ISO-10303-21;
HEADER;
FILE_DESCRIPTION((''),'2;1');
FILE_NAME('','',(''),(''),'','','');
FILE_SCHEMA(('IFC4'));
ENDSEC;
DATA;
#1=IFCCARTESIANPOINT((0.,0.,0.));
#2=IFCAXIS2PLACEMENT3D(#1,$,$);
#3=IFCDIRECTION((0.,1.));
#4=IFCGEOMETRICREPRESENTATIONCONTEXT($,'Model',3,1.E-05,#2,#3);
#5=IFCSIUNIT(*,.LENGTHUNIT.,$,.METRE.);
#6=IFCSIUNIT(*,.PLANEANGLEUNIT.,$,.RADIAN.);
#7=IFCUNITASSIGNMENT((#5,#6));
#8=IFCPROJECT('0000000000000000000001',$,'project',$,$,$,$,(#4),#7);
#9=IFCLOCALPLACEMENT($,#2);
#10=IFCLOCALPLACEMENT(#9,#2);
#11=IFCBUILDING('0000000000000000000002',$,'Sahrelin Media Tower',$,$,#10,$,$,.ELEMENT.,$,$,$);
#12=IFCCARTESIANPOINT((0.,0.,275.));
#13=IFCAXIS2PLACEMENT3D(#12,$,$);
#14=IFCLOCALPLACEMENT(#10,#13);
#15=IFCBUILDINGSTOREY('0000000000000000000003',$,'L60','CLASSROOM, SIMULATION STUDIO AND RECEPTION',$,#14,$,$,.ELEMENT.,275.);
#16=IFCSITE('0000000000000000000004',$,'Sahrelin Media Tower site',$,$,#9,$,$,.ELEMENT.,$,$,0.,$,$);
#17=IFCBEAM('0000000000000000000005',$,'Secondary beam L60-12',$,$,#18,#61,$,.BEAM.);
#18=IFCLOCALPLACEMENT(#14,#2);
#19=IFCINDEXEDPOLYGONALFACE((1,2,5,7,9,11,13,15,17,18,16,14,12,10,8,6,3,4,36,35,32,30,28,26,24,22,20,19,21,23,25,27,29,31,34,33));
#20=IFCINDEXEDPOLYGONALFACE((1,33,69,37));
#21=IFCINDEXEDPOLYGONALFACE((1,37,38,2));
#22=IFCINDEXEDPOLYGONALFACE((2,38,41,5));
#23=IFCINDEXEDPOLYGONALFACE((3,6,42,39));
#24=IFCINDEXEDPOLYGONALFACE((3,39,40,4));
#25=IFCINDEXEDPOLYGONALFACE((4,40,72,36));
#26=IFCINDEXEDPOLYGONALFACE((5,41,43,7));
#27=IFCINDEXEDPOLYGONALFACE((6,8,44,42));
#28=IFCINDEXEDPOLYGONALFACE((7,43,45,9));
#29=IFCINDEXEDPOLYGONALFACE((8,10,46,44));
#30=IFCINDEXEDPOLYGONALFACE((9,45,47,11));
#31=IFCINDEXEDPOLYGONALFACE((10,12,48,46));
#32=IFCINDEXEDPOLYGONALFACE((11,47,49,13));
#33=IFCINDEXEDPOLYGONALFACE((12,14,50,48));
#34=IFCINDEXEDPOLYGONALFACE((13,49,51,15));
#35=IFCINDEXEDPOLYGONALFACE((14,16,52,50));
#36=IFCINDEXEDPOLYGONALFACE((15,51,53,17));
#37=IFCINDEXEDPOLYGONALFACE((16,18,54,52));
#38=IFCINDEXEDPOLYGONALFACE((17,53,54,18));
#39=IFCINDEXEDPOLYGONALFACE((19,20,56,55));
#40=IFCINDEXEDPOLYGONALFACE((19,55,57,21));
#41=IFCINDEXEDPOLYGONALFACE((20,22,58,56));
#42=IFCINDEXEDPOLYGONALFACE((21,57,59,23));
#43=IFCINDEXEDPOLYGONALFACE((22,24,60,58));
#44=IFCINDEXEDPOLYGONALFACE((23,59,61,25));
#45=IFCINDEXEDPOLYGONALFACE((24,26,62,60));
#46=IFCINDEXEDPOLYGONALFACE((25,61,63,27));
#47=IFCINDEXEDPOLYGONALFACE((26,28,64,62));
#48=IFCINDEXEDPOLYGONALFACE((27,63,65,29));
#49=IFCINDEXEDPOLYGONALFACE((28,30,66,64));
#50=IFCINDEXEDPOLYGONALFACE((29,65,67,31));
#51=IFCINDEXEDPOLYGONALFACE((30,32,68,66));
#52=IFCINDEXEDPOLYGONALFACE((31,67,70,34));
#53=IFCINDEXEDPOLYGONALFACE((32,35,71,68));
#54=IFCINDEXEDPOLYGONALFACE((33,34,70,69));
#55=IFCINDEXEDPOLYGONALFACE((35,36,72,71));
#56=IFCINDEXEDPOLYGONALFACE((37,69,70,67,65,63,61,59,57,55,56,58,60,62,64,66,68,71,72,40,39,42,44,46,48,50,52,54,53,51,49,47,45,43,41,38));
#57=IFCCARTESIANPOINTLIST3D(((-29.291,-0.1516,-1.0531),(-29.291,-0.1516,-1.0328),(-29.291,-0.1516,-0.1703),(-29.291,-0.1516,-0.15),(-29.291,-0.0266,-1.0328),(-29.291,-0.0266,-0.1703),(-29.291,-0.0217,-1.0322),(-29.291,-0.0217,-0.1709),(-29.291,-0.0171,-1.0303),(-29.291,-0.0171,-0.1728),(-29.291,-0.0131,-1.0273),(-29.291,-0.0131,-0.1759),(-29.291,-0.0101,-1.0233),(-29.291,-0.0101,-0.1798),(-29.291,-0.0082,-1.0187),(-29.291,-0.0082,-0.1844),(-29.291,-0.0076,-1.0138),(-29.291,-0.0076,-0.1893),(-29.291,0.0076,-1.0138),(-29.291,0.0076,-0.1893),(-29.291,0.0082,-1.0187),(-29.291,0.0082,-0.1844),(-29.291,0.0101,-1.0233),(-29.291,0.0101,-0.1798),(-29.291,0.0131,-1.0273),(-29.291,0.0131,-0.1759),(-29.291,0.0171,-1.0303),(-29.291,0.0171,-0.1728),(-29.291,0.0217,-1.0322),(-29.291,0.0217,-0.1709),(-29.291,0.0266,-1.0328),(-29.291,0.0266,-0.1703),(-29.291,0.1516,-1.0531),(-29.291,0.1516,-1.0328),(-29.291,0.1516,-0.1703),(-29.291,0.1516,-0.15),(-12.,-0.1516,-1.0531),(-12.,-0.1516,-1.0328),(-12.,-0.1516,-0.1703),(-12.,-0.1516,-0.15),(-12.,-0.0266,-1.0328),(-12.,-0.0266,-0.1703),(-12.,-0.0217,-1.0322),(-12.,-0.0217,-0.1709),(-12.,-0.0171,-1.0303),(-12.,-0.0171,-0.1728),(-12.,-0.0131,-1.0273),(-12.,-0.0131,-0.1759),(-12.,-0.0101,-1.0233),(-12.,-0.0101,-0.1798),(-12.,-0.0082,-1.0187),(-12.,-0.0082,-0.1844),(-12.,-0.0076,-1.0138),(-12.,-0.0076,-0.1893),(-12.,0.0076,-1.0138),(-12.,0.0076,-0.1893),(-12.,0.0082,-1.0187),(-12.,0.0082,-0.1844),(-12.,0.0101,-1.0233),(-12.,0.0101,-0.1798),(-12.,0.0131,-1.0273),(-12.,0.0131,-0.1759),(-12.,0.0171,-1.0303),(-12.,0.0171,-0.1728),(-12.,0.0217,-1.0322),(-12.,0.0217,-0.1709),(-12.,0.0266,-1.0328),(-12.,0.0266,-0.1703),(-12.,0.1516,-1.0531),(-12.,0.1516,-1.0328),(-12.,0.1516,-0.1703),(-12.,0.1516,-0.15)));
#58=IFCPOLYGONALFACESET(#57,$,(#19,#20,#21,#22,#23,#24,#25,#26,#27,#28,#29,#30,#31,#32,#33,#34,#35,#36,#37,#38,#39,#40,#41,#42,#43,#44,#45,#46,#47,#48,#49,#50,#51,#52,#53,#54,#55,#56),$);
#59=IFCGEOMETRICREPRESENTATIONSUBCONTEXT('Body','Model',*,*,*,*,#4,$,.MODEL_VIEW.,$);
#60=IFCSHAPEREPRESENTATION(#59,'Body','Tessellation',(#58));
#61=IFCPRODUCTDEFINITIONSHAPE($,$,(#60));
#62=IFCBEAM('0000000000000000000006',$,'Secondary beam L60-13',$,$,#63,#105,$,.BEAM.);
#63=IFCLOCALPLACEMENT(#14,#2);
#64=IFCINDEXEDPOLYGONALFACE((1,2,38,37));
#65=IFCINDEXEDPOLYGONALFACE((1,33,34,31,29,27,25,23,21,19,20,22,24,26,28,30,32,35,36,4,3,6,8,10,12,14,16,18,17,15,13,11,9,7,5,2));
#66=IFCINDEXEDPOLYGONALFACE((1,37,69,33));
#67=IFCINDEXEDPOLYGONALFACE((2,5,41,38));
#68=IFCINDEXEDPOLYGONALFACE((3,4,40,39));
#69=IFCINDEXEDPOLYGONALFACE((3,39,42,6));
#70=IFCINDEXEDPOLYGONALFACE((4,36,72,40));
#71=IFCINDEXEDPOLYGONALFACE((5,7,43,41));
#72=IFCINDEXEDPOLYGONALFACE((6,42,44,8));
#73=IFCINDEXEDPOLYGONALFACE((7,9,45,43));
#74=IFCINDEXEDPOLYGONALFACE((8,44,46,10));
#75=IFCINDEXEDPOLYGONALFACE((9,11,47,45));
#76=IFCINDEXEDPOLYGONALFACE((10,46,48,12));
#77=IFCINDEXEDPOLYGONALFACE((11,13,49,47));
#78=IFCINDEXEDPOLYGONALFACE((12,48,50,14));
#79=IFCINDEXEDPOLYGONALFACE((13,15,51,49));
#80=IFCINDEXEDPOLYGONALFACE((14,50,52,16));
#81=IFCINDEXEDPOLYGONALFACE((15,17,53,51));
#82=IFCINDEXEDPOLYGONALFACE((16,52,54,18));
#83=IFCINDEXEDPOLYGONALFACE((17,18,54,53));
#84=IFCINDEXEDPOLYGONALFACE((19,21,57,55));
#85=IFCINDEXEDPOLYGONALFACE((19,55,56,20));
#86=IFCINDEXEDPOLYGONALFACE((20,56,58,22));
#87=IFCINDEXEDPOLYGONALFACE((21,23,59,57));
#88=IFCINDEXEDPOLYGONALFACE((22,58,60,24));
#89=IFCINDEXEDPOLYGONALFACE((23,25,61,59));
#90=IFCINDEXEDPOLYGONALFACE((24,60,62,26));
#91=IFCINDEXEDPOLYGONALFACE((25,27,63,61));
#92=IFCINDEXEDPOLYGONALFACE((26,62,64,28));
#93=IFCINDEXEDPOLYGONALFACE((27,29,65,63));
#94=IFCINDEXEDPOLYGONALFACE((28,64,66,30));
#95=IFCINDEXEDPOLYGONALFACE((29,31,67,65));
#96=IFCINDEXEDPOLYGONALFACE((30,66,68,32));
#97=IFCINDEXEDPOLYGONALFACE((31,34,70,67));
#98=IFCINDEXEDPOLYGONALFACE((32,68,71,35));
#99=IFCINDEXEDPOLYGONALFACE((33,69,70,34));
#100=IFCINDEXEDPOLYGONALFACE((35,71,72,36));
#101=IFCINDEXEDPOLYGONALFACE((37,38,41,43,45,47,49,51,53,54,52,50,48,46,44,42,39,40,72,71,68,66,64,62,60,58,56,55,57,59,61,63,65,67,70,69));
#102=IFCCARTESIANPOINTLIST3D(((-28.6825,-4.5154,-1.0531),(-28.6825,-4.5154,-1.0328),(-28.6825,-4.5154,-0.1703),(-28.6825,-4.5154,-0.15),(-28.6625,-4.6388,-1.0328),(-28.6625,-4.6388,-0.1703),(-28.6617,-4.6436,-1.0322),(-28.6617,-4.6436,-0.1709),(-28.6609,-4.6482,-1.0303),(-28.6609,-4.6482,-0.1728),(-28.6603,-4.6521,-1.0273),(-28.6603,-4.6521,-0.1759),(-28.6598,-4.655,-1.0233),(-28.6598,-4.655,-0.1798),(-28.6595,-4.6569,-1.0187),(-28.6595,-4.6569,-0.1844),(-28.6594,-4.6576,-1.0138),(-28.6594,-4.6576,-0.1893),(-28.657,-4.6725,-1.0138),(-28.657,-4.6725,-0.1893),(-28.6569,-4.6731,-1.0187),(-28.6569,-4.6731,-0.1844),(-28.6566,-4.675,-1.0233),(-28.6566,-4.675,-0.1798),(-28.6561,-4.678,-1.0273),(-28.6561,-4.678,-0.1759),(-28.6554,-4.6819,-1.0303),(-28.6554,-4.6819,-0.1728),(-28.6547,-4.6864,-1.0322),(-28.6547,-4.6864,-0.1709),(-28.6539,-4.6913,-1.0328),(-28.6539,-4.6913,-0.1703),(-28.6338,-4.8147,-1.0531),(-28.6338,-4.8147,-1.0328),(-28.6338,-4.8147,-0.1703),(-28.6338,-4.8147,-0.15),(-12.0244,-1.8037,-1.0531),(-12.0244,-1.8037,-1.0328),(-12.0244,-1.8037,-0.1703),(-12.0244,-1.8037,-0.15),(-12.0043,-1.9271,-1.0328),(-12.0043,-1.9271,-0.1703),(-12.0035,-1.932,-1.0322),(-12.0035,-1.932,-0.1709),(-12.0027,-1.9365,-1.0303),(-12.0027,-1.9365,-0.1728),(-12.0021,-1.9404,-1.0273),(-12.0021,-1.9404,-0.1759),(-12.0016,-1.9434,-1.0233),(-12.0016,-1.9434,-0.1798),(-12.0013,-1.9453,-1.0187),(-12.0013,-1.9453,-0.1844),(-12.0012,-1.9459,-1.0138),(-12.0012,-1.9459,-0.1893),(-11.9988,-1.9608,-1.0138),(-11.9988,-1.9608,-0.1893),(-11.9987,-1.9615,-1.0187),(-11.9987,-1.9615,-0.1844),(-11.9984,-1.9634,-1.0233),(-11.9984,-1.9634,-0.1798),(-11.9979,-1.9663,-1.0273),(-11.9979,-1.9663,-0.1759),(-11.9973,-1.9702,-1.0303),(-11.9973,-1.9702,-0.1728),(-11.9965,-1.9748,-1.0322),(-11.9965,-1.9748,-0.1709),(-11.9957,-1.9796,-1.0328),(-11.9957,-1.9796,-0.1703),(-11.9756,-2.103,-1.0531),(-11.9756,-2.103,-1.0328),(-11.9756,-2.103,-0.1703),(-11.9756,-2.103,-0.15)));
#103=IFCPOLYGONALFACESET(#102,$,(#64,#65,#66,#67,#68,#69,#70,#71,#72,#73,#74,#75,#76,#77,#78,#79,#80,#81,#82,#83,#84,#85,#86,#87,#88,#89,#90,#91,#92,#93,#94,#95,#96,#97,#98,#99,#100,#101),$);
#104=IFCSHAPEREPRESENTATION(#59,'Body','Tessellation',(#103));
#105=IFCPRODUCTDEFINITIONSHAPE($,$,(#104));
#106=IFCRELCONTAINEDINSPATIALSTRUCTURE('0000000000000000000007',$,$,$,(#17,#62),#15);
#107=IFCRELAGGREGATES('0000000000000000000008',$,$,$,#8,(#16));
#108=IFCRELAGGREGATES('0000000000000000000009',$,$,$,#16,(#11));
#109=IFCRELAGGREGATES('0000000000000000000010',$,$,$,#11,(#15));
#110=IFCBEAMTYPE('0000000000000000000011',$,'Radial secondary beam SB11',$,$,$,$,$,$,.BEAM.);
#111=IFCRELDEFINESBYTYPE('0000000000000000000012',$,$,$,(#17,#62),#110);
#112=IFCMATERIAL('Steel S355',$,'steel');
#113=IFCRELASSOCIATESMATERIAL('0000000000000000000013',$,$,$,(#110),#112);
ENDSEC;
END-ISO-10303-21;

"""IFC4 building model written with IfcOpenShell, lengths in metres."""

from ifc_helpers import new_model, si_unit, direction, frame, origin, origin_2d, place, context, subcontext, project, spatial, i_section, extrude, material, material_profile, profile_set, type_object, element, save


model = new_model("IFC4")

# Units and contexts
model_context = context("Model", 3, precision=1e-05, world=origin(), true_north=direction((0.0, 1.0)))
body_context = subcontext(model_context, "Body", "Model", "MODEL_VIEW")
ifc_project = project(units=[si_unit("LENGTHUNIT", "METRE"), si_unit("PLANEANGLEUNIT", "RADIAN")], contexts=[model_context])

# Site, building, storey
site_placement = place(None, origin())
site = spatial("IfcSite", under=ifc_project, at=site_placement, Name="Sahrelin Media Tower site", CompositionType="ELEMENT", RefElevation=0.0)
building_placement = place(site_placement, origin())
building = spatial("IfcBuilding", under=site, at=building_placement, Name="Sahrelin Media Tower", CompositionType="ELEMENT")
storey_placement = place(building_placement, frame((0.0, 0.0, 275.0)))
storey = spatial("IfcBuildingStorey", under=building, at=storey_placement, Name="L60", Description="CLASSROOM, SIMULATION STUDIO AND RECEPTION", CompositionType="ELEMENT", Elevation=275.0)

# Beams
ifc_material_1 = material(Name="Steel S355", Category="steel")
ifc_material_profile_1 = material_profile(ifc_material_1, i_section(OverallWidth=0.3032, OverallDepth=0.9031, WebThickness=0.0151, FlangeThickness=0.0203, FilletRadius=0.019, at=origin_2d()), Name="UB 914x305x201")
ifc_profile_set_1 = profile_set([ifc_material_profile_1], Name="Steel S355")
beam_type_1 = type_object("IfcBeamType", Name="Radial secondary beam SB11", PredefinedType="BEAM", material=ifc_profile_set_1)
beam_1_placement = place(storey_placement, frame((-12.0, 0.0, -0.6016), z_axis=(-1.0, 0.0, 0.0), x_axis=(0.0, -1.0, 0.0)))
element("IfcBeam", 1, at=beam_1_placement, inside=storey, type_object=beam_type_1, Name="Secondary beam L60-12", PredefinedType="BEAM", context=body_context, shape_type="SweptSolid", body=[
    extrude(i_section(OverallWidth=0.3032, OverallDepth=0.9031, WebThickness=0.0151, FlangeThickness=0.0203, FilletRadius=0.019, at=origin_2d()), origin(), (0.0, 0.0, 1.0), 17.291),
])
beam_2_placement = place(storey_placement, frame((-12.0, -1.9534, -0.6016), z_axis=(-0.987008, -0.160668, 0.0), x_axis=(0.160668, -0.987008, 0.0)))
element("IfcBeam", 2, at=beam_2_placement, inside=storey, type_object=beam_type_1, Name="Secondary beam L60-13", PredefinedType="BEAM", context=body_context, shape_type="SweptSolid", body=[
    extrude(i_section(OverallWidth=0.3032, OverallDepth=0.9031, WebThickness=0.0151, FlangeThickness=0.0203, FilletRadius=0.019, at=origin_2d()), origin(), (0.0, 0.0, 1.0), 16.8774),
])

save(model, "model.ifc")
